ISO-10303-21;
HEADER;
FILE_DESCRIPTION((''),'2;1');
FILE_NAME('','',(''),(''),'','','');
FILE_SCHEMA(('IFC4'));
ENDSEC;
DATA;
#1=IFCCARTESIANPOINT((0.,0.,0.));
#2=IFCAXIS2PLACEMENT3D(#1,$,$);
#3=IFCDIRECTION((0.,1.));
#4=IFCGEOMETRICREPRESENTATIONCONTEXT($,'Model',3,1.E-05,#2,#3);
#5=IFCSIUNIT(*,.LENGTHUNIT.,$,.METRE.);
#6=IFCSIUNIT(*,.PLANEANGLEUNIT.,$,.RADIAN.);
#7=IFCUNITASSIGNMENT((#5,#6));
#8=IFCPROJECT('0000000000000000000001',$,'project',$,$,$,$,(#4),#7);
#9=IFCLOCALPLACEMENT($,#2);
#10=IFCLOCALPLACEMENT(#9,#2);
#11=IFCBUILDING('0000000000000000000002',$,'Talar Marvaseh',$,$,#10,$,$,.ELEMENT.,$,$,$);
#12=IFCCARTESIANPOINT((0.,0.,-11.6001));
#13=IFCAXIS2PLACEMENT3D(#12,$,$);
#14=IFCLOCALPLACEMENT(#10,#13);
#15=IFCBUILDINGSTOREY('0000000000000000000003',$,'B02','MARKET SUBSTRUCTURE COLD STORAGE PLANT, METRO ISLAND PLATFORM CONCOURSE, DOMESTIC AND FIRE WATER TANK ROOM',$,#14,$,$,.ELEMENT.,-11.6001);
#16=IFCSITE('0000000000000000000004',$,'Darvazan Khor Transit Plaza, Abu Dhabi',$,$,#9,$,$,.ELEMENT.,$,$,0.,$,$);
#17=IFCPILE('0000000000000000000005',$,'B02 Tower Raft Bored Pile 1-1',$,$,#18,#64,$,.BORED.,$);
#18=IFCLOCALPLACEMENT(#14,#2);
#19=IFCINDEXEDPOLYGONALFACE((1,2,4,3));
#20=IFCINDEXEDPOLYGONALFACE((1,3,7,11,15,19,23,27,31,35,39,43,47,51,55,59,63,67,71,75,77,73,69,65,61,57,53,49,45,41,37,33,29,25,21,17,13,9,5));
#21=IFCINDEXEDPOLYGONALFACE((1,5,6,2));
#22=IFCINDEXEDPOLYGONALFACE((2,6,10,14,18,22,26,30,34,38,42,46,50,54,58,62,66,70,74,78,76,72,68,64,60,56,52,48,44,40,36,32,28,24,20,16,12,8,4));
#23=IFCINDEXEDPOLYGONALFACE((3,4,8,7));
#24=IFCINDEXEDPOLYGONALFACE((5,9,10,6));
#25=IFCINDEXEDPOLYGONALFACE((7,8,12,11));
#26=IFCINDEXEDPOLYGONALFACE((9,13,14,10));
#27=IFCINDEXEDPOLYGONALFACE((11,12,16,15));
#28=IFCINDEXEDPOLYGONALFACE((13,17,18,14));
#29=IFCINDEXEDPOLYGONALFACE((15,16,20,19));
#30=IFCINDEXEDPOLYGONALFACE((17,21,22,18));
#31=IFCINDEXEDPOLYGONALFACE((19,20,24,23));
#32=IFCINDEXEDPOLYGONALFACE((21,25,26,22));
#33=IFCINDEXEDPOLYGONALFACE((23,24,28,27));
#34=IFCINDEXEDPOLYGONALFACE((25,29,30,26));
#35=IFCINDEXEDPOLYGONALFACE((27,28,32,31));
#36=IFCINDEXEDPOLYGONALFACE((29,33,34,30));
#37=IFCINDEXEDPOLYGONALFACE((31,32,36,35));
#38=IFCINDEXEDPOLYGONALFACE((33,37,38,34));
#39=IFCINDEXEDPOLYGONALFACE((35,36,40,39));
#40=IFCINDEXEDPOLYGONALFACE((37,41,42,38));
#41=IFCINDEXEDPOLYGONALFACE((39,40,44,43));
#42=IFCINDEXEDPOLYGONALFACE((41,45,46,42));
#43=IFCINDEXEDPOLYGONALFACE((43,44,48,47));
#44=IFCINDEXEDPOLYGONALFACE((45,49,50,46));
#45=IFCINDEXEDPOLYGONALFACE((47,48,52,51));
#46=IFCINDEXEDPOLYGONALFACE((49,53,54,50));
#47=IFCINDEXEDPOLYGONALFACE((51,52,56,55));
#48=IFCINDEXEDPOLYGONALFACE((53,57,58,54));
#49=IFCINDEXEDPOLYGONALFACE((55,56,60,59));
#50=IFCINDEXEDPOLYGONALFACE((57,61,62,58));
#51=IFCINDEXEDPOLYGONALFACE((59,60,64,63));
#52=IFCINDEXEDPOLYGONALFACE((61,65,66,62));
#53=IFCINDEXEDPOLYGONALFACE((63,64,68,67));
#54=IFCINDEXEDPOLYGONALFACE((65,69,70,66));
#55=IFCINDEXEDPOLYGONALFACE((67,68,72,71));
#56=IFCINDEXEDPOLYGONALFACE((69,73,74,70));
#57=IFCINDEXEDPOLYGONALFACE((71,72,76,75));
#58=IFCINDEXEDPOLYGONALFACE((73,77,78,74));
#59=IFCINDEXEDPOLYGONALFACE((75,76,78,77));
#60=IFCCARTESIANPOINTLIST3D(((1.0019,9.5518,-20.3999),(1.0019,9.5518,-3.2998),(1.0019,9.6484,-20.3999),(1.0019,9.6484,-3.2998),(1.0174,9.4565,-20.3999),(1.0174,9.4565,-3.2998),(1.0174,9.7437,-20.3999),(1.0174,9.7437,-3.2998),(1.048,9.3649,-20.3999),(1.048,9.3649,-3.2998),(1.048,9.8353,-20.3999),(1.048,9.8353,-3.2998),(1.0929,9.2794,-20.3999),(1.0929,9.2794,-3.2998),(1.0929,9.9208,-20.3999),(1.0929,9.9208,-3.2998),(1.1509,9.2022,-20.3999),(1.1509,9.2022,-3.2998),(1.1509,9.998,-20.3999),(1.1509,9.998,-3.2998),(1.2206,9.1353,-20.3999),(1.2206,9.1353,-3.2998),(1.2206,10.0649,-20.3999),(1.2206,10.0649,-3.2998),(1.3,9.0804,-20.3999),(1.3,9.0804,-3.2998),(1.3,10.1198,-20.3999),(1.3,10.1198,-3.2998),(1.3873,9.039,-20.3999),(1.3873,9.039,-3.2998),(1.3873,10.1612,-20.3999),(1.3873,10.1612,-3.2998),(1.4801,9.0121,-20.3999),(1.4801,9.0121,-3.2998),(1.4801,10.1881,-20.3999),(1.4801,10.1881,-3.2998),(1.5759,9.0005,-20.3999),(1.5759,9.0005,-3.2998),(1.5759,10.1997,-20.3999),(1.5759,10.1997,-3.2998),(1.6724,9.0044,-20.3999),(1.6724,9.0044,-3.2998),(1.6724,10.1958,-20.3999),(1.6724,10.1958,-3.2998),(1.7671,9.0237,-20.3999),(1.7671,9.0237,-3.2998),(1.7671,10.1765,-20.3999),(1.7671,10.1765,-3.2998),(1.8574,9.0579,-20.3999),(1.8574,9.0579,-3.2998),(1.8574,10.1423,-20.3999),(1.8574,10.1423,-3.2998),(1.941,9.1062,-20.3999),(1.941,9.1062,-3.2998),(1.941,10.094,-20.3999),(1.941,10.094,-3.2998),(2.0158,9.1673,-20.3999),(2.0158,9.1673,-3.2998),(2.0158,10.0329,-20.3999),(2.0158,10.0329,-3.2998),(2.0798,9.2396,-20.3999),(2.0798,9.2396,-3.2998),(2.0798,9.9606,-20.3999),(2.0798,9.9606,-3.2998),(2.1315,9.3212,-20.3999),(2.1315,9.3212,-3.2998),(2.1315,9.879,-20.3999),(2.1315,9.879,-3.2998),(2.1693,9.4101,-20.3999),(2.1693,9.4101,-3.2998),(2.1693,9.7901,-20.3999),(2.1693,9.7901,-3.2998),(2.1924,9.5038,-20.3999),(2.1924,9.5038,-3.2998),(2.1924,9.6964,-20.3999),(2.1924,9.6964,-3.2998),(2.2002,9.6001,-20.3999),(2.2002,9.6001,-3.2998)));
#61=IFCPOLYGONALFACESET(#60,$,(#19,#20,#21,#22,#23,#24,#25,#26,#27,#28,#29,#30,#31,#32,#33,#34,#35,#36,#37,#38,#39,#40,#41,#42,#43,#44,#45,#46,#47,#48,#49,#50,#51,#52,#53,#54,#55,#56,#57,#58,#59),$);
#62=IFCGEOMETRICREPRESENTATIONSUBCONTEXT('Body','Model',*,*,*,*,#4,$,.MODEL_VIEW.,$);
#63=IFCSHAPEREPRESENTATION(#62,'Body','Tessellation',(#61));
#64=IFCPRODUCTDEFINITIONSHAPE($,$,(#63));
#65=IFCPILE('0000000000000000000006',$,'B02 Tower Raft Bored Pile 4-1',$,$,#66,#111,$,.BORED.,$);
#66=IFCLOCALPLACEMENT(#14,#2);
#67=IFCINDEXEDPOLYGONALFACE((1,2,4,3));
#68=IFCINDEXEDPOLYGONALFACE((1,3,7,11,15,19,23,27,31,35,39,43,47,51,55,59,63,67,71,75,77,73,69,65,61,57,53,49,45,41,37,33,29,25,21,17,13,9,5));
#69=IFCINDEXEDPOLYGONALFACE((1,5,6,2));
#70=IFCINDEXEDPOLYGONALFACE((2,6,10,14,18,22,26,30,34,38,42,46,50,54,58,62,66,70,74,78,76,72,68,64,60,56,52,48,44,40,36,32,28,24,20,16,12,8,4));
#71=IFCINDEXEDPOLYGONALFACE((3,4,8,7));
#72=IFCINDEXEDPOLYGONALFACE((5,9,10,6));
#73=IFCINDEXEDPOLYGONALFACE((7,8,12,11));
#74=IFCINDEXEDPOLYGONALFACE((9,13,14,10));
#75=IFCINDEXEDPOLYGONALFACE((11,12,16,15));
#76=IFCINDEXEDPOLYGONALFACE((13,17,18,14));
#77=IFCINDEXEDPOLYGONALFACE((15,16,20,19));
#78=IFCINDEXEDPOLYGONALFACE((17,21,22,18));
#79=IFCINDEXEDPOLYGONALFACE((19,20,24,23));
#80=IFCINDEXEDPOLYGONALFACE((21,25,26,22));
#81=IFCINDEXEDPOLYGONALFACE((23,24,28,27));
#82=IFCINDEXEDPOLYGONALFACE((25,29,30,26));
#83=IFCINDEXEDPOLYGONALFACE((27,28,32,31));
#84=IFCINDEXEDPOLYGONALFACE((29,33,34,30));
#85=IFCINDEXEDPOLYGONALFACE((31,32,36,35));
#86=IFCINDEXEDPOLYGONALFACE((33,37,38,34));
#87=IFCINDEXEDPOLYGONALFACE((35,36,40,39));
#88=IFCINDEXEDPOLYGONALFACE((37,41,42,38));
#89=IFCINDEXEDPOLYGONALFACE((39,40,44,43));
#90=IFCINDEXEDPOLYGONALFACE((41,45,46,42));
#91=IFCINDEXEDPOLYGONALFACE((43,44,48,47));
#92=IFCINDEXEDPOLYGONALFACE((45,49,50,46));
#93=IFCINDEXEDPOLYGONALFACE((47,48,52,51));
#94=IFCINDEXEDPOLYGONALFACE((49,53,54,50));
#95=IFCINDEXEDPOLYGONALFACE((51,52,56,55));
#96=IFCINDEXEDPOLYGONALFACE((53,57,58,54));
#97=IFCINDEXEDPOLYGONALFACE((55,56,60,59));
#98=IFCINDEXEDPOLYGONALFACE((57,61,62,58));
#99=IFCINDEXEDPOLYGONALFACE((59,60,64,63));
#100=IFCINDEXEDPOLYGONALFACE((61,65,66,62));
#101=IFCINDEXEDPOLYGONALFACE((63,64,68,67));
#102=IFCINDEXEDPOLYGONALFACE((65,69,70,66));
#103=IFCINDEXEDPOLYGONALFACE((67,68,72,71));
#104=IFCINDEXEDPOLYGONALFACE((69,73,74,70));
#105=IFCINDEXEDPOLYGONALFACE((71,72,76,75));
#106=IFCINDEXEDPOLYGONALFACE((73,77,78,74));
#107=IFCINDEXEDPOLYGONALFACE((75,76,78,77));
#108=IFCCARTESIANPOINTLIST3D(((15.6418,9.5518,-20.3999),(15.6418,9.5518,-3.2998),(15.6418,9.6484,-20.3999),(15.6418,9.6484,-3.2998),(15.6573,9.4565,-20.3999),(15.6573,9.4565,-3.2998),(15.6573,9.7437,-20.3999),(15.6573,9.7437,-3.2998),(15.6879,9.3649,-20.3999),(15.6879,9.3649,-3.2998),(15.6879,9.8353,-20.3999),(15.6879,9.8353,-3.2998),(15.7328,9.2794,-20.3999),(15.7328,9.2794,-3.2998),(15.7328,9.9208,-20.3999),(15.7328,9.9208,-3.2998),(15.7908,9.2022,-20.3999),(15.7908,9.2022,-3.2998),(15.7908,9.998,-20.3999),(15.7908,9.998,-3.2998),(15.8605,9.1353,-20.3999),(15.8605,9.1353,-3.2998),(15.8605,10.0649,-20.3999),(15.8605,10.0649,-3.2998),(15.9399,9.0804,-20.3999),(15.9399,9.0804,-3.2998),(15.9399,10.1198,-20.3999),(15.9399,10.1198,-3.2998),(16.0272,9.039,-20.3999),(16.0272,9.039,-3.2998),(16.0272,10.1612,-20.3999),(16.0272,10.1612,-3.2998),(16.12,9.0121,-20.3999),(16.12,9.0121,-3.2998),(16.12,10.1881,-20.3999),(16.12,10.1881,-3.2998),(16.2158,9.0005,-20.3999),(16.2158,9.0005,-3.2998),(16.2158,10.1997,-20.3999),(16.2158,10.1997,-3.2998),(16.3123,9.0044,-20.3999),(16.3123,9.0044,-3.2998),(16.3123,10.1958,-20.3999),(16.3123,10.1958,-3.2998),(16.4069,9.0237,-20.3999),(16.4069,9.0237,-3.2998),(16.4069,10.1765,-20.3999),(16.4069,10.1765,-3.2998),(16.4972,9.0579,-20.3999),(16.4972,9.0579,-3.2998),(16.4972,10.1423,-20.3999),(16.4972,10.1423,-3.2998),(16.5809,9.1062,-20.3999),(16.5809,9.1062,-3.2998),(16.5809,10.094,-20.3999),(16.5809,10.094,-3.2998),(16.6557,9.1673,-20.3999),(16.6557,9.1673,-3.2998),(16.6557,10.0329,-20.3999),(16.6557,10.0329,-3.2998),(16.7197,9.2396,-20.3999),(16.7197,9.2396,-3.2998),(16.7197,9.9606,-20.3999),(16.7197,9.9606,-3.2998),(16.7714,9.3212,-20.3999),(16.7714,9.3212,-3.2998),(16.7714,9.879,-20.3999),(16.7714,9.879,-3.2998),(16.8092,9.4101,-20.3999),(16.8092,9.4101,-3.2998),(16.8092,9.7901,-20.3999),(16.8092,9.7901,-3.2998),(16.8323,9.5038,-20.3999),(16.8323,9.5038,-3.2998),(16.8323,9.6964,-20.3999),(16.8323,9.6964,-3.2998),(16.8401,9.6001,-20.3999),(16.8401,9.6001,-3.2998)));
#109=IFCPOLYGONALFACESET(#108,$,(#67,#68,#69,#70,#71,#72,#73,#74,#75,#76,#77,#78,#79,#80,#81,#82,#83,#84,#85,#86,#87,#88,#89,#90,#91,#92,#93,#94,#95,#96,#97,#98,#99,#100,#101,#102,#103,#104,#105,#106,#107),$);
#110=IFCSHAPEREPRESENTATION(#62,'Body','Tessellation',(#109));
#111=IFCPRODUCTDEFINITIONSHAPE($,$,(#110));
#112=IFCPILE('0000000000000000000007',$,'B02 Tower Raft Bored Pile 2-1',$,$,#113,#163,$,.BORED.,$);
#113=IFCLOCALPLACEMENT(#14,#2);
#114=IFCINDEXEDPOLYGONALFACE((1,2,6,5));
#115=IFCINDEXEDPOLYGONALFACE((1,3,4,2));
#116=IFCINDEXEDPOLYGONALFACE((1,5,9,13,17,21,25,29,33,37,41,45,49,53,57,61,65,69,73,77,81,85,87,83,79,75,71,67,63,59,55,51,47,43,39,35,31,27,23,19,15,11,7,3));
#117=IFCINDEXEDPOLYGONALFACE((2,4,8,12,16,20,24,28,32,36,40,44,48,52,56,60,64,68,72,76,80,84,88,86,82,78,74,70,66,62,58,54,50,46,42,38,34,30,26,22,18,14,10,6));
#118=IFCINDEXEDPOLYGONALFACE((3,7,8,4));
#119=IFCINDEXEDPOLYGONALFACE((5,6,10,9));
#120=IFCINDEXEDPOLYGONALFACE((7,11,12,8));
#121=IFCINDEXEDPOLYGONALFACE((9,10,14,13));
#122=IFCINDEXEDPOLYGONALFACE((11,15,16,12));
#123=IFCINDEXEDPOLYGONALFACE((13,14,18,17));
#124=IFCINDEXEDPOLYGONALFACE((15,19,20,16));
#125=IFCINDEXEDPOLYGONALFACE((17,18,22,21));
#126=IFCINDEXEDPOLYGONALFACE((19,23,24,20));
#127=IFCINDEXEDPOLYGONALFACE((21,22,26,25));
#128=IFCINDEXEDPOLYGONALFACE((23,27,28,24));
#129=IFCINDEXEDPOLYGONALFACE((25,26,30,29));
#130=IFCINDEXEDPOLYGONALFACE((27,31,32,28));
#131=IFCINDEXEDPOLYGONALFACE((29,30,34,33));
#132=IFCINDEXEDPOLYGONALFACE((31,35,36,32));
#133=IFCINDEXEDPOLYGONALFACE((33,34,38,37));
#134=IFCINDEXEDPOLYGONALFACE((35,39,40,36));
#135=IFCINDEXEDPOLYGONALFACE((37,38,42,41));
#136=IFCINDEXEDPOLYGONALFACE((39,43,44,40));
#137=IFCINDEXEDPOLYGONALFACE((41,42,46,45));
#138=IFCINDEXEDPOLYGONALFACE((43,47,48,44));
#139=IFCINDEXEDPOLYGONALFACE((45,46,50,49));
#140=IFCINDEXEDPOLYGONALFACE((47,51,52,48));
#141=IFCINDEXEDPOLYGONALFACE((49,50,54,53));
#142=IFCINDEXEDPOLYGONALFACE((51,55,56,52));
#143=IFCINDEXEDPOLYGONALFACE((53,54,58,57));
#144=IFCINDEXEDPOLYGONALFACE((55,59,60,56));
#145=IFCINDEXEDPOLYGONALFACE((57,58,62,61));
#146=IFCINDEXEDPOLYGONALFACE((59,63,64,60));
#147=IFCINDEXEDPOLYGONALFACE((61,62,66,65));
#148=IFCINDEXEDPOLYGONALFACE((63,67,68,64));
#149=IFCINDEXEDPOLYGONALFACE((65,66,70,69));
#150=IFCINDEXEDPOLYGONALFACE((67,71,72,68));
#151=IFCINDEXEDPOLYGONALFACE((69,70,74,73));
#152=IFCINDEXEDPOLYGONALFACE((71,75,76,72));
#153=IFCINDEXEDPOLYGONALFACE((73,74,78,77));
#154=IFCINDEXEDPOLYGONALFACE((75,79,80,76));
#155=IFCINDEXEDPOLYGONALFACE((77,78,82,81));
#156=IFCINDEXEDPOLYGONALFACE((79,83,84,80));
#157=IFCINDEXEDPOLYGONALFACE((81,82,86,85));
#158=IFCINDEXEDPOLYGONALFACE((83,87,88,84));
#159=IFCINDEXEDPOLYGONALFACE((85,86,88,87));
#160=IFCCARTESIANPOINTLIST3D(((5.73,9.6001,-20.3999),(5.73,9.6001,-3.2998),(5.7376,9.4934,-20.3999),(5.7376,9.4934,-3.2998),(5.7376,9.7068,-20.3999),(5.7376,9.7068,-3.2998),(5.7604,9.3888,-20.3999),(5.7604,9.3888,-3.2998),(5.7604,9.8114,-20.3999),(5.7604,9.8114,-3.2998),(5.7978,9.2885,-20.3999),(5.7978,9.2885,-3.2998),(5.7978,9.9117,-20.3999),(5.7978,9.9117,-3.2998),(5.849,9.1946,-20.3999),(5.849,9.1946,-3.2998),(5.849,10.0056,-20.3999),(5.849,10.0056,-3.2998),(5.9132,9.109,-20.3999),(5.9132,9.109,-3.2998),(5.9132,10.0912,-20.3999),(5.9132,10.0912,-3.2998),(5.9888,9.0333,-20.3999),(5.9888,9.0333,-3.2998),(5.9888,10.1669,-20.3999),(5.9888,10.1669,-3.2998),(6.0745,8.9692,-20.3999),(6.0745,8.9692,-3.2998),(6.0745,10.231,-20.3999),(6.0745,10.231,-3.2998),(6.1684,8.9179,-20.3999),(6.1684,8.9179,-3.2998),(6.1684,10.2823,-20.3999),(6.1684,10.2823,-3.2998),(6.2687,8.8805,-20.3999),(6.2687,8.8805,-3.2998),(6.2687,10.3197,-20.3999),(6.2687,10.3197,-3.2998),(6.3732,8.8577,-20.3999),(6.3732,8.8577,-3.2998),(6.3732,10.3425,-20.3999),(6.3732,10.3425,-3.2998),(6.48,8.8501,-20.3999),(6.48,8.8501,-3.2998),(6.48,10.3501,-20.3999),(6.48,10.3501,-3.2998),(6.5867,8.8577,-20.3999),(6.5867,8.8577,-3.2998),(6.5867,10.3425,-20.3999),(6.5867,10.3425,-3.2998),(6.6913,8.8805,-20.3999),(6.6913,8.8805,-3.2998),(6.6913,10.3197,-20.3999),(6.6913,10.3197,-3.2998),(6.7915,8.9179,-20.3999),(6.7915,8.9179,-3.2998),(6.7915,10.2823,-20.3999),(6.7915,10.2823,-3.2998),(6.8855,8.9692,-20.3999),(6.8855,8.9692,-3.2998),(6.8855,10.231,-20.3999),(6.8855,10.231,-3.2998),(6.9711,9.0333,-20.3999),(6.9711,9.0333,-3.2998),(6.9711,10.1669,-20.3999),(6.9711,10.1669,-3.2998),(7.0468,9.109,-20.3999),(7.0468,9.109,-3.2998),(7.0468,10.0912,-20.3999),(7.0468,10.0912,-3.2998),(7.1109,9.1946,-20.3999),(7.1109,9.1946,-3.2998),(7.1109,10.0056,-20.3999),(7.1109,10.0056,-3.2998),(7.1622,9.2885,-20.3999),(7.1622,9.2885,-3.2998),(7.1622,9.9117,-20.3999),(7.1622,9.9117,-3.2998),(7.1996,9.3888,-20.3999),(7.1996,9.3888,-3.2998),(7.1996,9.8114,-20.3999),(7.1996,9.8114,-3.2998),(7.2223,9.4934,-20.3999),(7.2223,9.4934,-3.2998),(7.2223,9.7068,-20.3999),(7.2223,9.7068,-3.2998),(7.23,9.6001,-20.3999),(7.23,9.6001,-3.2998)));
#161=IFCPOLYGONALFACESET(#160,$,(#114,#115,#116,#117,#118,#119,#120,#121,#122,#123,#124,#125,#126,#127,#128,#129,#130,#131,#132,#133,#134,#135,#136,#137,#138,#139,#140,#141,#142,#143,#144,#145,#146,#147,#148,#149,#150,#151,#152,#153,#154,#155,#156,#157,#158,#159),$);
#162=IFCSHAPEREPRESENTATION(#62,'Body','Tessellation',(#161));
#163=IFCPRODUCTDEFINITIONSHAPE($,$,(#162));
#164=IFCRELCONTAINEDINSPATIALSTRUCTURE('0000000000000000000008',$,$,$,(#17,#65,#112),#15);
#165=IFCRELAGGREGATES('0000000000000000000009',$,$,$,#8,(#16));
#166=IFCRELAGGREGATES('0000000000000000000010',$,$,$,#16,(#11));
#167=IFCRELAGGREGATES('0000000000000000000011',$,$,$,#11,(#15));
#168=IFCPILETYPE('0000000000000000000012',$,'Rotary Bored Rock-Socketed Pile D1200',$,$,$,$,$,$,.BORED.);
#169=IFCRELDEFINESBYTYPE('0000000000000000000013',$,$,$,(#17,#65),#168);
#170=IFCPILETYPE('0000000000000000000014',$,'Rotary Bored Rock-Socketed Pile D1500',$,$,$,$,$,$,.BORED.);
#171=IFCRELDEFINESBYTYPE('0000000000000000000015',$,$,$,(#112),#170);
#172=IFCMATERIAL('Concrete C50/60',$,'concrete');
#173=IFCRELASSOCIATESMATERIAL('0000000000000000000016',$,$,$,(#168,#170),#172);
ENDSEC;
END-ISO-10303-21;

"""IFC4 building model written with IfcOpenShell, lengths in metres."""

from ifc_helpers import new_model, si_unit, direction, frame, origin, origin_2d, place, context, subcontext, project, spatial, circle, extrude, source, transform, mapped, material, material_profile, profile_set, type_object, type_shapes, element, save


model = new_model("IFC4")

# Units and contexts
model_context = context("Model", 3, precision=1e-05, world=origin(), true_north=direction((0.0, 1.0)))
body_context = subcontext(model_context, "Body", "Model", "MODEL_VIEW")
ifc_project = project(units=[si_unit("LENGTHUNIT", "METRE"), si_unit("PLANEANGLEUNIT", "RADIAN")], contexts=[model_context])

# Site, building, storey
site_placement = place(None, origin())
site = spatial("IfcSite", under=ifc_project, at=site_placement, Name="Darvazan Khor Transit Plaza, Abu Dhabi", CompositionType="ELEMENT", RefElevation=0.0)
building_placement = place(site_placement, origin())
building = spatial("IfcBuilding", under=site, at=building_placement, Name="Talar Marvaseh", CompositionType="ELEMENT")
storey_placement = place(building_placement, frame((0.0, 0.0, -11.6001)))
storey = spatial("IfcBuildingStorey", under=building, at=storey_placement, Name="B02", Description="MARKET SUBSTRUCTURE COLD STORAGE PLANT, METRO ISLAND PLATFORM CONCOURSE, DOMESTIC AND FIRE WATER TANK ROOM", CompositionType="ELEMENT", Elevation=-11.6001)

# Piles
ifc_material_1 = material(Name="Concrete C50/60", Category="concrete")
ifc_material_profile_1 = material_profile(ifc_material_1, circle(Radius=0.6001, at=origin_2d()), Name="PILE-D1200")
ifc_profile_set_1 = profile_set([ifc_material_profile_1], Name="Concrete C50/60")
pile_type_1 = type_object("IfcPileType", Name="Rotary Bored Rock-Socketed Pile D1200", PredefinedType="BORED", material=ifc_profile_set_1)
shared_shape_1 = source(origin(), body_context, "Body", "SweptSolid", [
    extrude(circle(Radius=0.6001, at=origin_2d()), origin(), (0.0, 0.0, 1.0), 17.1001),
])
type_shapes(pile_type_1, [shared_shape_1])
for number, where, z_axis, x_axis, name in (
    (1, (1.6001, 9.6001, -3.2998), (0.0, 0.0, -1.0), (1.0, 0.0, 0.0), "B02 Tower Raft Bored Pile 1-1"),
    (2, (16.24, 9.6001, -3.2998), (0.0, 0.0, -1.0), (1.0, 0.0, 0.0), "B02 Tower Raft Bored Pile 4-1"),
):
    element("IfcPile", number, at=place(storey_placement, frame(where, z_axis=z_axis, x_axis=x_axis)), inside=storey, type_object=pile_type_1, Name=name, PredefinedType="BORED", context=body_context, shape_type="MappedRepresentation", body=[
        mapped(shared_shape_1, transform((0.0, 0.0, 0.0), x_axis=(1.0, 0.0, 0.0), y_axis=(0.0, 1.0, 0.0), z_axis=(0.0, 0.0, 1.0), scale=1.0)),
    ])
ifc_material_profile_2 = material_profile(ifc_material_1, circle(Radius=0.75, at=origin_2d()), Name="PILE-D1500")
ifc_profile_set_2 = profile_set([ifc_material_profile_2], Name="Concrete C50/60")
pile_type_2 = type_object("IfcPileType", Name="Rotary Bored Rock-Socketed Pile D1500", PredefinedType="BORED", material=ifc_profile_set_2)
shared_shape_2 = source(origin(), body_context, "Body", "SweptSolid", [
    extrude(circle(Radius=0.75, at=origin_2d()), origin(), (0.0, 0.0, 1.0), 17.1001),
])
type_shapes(pile_type_2, [shared_shape_2])
for number, where, z_axis, x_axis, name in (
    (3, (6.48, 9.6001, -3.2998), (0.0, 0.0, -1.0), (1.0, 0.0, 0.0), "B02 Tower Raft Bored Pile 2-1"),
):
    element("IfcPile", number, at=place(storey_placement, frame(where, z_axis=z_axis, x_axis=x_axis)), inside=storey, type_object=pile_type_2, Name=name, PredefinedType="BORED", context=body_context, shape_type="MappedRepresentation", body=[
        mapped(shared_shape_2, transform((0.0, 0.0, 0.0), x_axis=(1.0, 0.0, 0.0), y_axis=(0.0, 1.0, 0.0), z_axis=(0.0, 0.0, 1.0), scale=1.0)),
    ])

save(model, "model.ifc")
